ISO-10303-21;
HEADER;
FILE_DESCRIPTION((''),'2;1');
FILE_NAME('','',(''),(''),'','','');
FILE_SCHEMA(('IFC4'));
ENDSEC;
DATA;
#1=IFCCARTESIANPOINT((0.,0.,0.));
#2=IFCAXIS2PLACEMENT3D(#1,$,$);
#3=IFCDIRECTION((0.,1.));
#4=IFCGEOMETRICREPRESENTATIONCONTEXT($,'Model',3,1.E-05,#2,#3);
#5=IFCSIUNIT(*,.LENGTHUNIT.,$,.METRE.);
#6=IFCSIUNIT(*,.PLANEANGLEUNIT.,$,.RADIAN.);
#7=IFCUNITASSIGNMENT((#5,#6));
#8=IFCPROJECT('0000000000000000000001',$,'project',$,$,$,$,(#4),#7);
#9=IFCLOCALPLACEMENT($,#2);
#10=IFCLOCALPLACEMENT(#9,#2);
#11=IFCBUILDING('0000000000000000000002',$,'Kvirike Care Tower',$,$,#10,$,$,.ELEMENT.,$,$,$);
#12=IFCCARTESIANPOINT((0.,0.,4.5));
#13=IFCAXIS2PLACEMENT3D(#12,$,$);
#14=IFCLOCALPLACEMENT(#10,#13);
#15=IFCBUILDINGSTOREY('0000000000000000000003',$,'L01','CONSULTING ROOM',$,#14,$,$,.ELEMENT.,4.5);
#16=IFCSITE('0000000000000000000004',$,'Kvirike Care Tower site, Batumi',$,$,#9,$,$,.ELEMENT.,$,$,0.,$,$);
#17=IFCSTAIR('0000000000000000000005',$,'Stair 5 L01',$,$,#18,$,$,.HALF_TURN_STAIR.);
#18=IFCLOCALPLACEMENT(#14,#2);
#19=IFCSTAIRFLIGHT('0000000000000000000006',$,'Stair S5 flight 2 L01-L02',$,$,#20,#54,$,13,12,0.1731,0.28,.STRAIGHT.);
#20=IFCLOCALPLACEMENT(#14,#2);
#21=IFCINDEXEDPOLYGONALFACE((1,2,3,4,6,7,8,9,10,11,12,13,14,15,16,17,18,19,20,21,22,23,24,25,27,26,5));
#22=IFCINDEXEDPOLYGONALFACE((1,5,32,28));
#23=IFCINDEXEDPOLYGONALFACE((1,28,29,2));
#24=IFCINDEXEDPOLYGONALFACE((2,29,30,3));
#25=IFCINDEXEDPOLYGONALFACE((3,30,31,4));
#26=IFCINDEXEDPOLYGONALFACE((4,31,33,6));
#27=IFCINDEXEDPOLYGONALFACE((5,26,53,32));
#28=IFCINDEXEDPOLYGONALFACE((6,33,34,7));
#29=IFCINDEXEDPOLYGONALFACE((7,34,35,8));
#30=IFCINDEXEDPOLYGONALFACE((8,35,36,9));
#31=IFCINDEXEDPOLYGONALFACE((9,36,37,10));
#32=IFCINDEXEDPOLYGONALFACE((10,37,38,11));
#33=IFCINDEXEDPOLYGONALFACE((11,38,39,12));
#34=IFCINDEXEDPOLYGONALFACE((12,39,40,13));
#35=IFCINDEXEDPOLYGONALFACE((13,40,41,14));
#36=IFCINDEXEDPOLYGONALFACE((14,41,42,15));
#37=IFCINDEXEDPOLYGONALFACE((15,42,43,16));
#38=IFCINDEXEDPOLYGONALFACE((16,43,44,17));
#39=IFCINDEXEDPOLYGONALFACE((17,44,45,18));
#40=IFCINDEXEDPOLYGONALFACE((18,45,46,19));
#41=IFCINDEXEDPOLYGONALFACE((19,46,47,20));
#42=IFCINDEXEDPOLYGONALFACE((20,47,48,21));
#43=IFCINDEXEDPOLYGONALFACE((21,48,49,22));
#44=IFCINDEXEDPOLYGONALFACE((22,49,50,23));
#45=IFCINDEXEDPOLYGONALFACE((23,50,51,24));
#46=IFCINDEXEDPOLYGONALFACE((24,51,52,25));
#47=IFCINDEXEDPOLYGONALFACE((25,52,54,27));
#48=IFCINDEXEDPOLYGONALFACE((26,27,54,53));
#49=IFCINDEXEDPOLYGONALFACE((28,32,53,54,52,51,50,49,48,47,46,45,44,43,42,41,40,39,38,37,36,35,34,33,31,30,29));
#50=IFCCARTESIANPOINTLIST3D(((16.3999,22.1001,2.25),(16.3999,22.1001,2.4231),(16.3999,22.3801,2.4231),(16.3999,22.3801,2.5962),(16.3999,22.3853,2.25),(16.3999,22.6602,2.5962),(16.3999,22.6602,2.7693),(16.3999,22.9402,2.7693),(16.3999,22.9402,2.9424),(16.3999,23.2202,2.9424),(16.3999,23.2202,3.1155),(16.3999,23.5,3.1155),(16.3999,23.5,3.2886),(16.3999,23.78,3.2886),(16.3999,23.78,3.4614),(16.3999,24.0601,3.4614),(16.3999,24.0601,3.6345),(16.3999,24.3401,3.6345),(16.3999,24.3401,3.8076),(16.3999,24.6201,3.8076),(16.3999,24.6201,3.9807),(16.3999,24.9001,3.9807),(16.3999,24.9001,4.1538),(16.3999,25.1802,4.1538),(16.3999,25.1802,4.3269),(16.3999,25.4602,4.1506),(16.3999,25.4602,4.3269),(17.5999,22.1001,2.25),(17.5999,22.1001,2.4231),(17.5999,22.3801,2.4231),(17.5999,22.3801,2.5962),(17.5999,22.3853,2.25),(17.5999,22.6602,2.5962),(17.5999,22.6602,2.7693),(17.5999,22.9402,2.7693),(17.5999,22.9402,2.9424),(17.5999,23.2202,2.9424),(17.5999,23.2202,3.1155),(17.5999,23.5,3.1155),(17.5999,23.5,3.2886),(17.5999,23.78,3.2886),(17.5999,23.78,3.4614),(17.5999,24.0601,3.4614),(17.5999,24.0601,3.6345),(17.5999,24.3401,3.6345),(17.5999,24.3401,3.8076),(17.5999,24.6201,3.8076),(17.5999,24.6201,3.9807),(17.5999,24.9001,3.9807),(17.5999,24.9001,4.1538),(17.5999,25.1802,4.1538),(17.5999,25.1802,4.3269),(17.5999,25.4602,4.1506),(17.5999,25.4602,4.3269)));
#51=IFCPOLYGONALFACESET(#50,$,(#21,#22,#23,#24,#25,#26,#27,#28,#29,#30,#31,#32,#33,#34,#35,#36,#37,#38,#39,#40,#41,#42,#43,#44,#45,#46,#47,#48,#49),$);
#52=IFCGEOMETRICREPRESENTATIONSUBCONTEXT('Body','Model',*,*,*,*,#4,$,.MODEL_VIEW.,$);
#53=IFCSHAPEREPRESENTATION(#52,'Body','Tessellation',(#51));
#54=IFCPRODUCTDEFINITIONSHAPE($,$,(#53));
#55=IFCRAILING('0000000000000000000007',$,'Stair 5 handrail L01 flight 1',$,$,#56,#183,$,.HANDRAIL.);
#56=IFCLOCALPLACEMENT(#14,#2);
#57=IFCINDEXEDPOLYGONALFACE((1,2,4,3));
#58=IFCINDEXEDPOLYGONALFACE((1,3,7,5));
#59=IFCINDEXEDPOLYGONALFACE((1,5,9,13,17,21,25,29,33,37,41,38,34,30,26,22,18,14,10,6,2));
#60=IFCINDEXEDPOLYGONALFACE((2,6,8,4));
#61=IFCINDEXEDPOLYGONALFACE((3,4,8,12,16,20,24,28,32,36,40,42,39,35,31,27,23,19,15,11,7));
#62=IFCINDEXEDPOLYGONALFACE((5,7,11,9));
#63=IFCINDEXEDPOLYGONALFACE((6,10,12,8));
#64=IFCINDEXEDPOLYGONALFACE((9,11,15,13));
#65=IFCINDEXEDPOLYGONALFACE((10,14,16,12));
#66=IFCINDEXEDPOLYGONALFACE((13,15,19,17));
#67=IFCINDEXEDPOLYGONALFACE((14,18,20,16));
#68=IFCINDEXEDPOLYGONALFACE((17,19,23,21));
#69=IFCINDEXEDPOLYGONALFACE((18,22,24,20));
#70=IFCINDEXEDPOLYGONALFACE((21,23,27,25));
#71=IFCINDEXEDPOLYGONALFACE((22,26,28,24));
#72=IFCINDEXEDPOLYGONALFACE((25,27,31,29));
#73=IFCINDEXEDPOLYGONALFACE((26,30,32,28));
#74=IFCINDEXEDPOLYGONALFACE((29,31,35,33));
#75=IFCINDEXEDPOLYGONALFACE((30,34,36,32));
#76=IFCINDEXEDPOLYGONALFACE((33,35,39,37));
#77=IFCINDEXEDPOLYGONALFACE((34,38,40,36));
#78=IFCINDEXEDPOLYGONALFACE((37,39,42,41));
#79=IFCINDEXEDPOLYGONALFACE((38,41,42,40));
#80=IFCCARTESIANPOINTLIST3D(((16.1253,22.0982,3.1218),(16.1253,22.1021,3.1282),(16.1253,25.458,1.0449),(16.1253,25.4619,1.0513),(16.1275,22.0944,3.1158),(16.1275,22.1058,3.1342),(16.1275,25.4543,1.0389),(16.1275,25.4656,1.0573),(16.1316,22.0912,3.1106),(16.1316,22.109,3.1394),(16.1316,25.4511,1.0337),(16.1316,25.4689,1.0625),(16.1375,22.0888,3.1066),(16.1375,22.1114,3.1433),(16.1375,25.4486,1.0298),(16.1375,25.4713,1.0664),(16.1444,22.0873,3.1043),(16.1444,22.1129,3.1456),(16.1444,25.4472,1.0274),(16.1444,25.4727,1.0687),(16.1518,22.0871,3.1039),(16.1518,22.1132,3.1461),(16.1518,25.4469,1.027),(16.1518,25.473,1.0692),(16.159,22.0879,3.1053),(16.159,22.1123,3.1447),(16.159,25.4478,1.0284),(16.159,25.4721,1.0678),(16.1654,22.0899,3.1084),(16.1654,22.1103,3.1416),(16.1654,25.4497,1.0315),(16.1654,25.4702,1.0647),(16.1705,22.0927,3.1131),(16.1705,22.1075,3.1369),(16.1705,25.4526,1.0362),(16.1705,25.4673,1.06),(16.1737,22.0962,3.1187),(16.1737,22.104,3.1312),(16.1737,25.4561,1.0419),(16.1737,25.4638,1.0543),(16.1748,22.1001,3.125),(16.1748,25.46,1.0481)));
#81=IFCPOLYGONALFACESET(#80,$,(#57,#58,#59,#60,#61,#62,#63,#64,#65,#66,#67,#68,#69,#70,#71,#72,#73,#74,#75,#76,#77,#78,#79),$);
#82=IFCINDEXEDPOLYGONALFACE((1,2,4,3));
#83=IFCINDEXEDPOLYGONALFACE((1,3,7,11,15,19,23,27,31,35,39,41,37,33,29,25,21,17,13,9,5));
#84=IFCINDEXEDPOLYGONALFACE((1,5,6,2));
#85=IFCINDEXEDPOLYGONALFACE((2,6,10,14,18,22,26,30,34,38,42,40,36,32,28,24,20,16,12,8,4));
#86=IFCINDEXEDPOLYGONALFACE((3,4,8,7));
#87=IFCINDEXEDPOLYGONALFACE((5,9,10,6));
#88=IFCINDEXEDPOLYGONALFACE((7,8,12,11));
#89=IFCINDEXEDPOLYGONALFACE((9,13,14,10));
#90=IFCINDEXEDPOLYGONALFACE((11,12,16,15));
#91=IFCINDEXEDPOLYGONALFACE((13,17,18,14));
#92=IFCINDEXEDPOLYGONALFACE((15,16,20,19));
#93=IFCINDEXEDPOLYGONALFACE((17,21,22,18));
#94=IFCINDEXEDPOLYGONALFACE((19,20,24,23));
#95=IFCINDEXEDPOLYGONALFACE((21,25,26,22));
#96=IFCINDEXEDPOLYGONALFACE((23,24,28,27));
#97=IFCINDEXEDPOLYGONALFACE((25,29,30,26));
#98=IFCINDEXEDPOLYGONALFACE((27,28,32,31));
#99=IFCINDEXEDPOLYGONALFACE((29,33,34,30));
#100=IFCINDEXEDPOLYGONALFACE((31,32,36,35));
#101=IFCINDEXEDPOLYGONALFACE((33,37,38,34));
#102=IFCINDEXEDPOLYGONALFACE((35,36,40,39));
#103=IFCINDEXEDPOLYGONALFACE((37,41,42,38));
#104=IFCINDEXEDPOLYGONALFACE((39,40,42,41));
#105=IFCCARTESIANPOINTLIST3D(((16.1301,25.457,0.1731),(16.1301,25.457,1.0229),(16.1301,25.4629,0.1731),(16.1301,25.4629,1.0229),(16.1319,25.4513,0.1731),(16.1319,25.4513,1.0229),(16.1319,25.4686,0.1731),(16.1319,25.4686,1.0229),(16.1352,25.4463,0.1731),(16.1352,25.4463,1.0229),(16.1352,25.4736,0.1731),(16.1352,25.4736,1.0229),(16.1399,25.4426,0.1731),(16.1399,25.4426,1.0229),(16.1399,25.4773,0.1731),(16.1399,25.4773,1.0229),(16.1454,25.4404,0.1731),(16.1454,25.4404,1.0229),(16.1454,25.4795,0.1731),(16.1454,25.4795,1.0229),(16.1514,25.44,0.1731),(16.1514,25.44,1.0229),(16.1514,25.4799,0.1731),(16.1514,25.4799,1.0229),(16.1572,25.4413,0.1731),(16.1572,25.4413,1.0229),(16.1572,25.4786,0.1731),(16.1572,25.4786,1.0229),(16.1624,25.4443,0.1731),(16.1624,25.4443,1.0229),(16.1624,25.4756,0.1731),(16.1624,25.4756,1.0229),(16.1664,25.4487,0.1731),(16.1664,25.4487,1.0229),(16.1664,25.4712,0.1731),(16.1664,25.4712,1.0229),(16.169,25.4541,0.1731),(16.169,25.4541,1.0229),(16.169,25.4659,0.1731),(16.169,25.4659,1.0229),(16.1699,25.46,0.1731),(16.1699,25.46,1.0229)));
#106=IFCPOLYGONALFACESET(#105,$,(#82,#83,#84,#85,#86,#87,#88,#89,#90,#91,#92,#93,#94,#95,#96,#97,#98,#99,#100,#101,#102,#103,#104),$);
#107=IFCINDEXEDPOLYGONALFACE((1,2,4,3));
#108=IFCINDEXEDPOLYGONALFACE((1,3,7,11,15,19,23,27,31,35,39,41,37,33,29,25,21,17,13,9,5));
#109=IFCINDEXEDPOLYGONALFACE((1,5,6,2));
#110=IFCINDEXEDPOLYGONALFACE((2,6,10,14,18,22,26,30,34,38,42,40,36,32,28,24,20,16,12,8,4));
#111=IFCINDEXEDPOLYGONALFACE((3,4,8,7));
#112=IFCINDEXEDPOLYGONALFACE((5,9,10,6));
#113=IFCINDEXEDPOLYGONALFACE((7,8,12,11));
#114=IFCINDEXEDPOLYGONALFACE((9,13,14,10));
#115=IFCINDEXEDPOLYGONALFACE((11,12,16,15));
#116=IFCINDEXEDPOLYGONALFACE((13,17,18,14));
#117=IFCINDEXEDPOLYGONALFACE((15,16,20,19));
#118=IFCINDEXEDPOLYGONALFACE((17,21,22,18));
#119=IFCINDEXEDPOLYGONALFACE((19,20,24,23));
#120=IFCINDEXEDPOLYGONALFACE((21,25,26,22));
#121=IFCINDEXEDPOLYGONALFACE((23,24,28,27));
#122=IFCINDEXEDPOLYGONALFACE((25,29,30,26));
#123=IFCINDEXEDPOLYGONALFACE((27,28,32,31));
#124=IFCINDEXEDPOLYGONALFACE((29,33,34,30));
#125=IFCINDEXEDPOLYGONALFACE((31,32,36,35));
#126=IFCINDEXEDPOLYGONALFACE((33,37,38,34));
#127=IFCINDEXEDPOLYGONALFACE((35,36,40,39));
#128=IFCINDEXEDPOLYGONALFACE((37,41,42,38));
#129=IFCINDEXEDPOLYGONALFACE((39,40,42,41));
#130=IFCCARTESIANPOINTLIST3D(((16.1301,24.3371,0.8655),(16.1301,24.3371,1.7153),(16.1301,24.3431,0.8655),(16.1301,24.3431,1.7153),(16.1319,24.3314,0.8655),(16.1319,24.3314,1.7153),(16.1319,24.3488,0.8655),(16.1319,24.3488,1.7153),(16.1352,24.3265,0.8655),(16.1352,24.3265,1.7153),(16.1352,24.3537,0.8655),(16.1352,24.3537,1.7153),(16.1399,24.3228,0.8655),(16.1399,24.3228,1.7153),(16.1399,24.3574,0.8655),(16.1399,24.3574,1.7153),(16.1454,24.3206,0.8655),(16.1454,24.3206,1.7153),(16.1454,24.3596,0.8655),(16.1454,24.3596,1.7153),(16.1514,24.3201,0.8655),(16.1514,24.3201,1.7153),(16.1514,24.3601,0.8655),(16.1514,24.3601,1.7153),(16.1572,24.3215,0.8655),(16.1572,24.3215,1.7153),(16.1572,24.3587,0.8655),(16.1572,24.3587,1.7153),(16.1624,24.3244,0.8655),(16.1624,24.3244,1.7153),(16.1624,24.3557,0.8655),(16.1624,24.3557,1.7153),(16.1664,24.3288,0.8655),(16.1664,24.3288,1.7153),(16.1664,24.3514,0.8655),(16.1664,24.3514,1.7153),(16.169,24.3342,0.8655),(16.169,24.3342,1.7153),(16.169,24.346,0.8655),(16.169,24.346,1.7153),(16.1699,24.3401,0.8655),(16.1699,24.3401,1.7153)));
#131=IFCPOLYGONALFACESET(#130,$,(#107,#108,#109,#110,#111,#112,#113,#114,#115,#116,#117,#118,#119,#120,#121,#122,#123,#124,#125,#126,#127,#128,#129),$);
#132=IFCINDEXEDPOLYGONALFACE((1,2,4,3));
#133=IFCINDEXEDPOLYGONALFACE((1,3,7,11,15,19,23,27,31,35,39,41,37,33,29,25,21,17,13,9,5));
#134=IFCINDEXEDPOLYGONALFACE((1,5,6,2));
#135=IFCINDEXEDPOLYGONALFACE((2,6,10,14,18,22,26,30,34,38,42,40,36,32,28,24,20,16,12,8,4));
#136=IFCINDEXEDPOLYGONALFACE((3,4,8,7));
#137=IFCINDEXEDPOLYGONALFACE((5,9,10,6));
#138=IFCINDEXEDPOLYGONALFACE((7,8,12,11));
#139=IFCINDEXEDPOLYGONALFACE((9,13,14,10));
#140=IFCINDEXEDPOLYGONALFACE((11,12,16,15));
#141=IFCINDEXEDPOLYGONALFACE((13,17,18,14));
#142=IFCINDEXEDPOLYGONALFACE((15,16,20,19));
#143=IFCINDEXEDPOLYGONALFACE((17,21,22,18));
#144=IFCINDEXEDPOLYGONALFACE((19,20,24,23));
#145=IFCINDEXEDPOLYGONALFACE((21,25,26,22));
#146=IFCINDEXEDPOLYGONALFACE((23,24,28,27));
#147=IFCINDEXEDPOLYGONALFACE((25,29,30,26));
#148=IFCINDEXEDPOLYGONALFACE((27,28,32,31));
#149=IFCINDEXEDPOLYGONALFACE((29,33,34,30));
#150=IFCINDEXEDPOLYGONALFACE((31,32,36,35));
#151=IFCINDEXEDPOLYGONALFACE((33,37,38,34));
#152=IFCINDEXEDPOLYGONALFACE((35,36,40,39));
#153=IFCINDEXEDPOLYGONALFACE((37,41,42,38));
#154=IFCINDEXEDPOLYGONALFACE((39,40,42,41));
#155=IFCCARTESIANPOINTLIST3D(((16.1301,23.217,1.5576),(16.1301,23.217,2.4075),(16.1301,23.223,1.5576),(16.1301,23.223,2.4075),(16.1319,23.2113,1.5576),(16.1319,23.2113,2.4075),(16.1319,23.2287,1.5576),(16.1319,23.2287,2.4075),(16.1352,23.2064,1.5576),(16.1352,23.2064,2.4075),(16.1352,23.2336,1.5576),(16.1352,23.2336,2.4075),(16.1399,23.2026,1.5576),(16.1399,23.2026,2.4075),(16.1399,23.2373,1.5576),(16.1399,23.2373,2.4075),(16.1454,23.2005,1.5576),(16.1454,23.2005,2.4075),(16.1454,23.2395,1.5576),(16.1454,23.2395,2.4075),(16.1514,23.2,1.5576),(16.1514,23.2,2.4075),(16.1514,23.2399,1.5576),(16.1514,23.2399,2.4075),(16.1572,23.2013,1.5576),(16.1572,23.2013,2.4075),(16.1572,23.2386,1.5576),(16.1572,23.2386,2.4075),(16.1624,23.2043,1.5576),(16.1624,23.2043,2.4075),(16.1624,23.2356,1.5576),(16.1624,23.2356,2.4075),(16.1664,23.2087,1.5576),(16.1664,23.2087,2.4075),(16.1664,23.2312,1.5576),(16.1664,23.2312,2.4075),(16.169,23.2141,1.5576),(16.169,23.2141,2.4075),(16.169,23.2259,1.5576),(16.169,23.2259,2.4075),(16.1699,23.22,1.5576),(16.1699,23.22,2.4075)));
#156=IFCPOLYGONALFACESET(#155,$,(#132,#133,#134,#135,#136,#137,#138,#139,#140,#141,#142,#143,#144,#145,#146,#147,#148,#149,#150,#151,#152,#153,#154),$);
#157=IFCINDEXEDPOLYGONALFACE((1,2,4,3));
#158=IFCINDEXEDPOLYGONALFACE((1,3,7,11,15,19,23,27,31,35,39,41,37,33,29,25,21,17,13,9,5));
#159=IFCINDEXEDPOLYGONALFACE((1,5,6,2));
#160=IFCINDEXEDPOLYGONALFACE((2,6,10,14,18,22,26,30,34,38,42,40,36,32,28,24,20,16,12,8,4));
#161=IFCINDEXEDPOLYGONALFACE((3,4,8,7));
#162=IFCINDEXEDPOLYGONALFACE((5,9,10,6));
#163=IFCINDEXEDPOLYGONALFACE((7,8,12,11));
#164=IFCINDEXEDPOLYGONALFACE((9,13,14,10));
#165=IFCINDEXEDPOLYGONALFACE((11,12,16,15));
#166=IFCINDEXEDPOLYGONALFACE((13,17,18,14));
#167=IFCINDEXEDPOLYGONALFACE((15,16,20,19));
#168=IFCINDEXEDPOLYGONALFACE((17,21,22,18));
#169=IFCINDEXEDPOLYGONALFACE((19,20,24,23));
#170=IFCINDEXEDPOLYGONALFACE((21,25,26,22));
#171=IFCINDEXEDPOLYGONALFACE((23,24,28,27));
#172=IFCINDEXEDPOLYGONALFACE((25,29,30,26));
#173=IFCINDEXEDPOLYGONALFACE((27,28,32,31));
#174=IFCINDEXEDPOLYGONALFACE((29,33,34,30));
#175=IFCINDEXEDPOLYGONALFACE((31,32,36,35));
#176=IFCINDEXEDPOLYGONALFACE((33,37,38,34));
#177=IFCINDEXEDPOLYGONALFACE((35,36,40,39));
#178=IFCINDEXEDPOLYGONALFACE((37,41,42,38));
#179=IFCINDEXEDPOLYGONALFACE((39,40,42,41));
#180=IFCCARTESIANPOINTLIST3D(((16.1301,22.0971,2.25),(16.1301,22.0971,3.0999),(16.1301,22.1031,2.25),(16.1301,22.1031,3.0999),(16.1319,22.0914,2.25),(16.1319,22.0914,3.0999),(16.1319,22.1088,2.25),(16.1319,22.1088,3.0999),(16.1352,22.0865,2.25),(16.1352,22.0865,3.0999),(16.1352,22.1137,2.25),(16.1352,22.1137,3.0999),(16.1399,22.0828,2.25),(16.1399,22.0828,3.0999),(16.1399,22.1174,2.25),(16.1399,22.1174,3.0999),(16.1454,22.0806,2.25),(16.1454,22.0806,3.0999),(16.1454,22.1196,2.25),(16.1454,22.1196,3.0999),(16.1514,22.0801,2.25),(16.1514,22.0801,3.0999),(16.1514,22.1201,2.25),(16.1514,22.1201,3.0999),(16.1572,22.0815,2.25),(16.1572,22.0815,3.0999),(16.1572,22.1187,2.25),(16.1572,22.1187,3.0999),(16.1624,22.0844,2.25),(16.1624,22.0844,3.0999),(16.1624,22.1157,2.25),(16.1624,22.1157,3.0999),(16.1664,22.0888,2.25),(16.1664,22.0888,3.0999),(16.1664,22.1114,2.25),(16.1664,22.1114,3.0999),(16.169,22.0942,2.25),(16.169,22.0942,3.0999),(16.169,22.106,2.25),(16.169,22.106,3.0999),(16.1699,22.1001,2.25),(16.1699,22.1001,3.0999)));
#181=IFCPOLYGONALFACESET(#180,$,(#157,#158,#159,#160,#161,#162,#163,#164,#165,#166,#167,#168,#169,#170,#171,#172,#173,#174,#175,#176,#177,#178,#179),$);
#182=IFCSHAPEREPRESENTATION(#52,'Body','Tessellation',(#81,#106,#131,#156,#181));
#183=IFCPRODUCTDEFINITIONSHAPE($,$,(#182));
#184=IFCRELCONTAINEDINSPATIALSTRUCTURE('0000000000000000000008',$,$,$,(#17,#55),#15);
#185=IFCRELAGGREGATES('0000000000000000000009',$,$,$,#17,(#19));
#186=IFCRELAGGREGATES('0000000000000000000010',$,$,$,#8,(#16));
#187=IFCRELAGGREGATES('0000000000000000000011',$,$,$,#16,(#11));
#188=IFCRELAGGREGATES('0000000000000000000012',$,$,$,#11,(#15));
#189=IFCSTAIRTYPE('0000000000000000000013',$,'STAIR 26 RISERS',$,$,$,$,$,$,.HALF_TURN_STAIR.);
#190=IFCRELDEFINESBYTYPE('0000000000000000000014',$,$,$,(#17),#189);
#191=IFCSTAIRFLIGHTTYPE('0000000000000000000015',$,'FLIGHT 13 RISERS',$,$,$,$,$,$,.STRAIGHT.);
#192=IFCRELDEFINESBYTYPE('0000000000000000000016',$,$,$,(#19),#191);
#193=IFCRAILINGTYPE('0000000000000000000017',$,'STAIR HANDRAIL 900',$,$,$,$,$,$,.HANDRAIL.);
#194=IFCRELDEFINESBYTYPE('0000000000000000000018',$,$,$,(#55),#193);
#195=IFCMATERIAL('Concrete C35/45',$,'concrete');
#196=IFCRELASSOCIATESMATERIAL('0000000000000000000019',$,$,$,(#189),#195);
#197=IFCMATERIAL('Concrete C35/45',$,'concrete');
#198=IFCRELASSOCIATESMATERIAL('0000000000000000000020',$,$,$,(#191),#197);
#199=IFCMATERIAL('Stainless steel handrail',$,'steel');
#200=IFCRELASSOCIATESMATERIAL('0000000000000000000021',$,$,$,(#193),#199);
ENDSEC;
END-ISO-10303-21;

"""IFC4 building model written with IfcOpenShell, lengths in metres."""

from ifc_helpers import new_model, si_unit, direction, frame, origin, origin_2d, place, context, subcontext, project, spatial, polyline, circle, outline, extrude, material, type_object, element, aggregate, save


model = new_model("IFC4")

# Units and contexts
model_context = context("Model", 3, precision=1e-05, world=origin(), true_north=direction((0.0, 1.0)))
body_context = subcontext(model_context, "Body", "Model", "MODEL_VIEW")
ifc_project = project(units=[si_unit("LENGTHUNIT", "METRE"), si_unit("PLANEANGLEUNIT", "RADIAN")], contexts=[model_context])

# Site, building, storey
site_placement = place(None, origin())
site = spatial("IfcSite", under=ifc_project, at=site_placement, Name="Kvirike Care Tower site, Batumi", CompositionType="ELEMENT", RefElevation=0.0)
building_placement = place(site_placement, origin())
building = spatial("IfcBuilding", under=site, at=building_placement, Name="Kvirike Care Tower", CompositionType="ELEMENT")
storey_placement = place(building_placement, frame((0.0, 0.0, 4.5)))
storey = spatial("IfcBuildingStorey", under=building, at=storey_placement, Name="L01", Description="CONSULTING ROOM", CompositionType="ELEMENT", Elevation=4.5)

# Stair, stair flight
ifc_material_1 = material(Name="Concrete C35/45", Category="concrete")
stair_type = type_object("IfcStairType", Name="STAIR 26 RISERS", PredefinedType="HALF_TURN_STAIR", material=ifc_material_1)
stair_placement = place(storey_placement, origin())
stair = element("IfcStair", 1, at=stair_placement, inside=storey, type_object=stair_type, Name="Stair 5 L01", PredefinedType="HALF_TURN_STAIR")
ifc_material_2 = material(Name="Concrete C35/45", Category="concrete")
stair_flight_type = type_object("IfcStairFlightType", Name="FLIGHT 13 RISERS", PredefinedType="STRAIGHT", material=ifc_material_2)
stair_flight_1_placement = place(storey_placement, frame((17.0, 22.1001, 2.25), z_axis=(0.0, 0.0, 1.0), x_axis=(0.0, 1.0, 0.0)))
stair_flight_1 = element("IfcStairFlight", 2, at=stair_flight_1_placement, type_object=stair_flight_type, Name="Stair S5 flight 2 L01-L02", NumberOfRisers=13, NumberOfTreads=12, PredefinedType="STRAIGHT", RiserHeight=0.1731, TreadLength=0.28, context=body_context, shape_type="SweptSolid", body=[
    extrude(outline(polyline([(0.0, 0.0), (0.0, 0.1731), (0.28, 0.1731), (0.28, 0.3462), (0.5601, 0.3462), (0.5601, 0.5193), (0.8401, 0.5193), (0.8401, 0.6924), (1.1201, 0.6924), (1.1201, 0.8655), (1.3999, 0.8655), (1.3999, 1.0386), (1.6799, 1.0386), (1.6799, 1.2114), (1.96, 1.2114), (1.96, 1.3845), (2.24, 1.3845), (2.24, 1.5576), (2.52, 1.5576), (2.52, 1.7307), (2.8, 1.7307), (2.8, 1.9038), (3.0801, 1.9038), (3.0801, 2.0769), (3.3601, 2.0769), (3.3601, 2.25), (3.3601, 1.9006), (0.2852, 0.0), (0.0, 0.0)])), frame((0.0, 0.6001, 0.0), z_axis=(0.0, -1.0, 0.0), x_axis=(1.0, 0.0, 0.0)), (0.0, 0.0, 1.0), 1.2),
])
aggregate(stair, [stair_flight_1])

# Railing
ifc_material_3 = material(Name="Stainless steel handrail", Category="steel")
railing_type = type_object("IfcRailingType", Name="STAIR HANDRAIL 900", PredefinedType="HANDRAIL", material=ifc_material_3)
railing_1_placement = place(storey_placement, frame((16.1499, 25.46, 0.1731)))
element("IfcRailing", 3, at=railing_1_placement, inside=storey, type_object=railing_type, Name="Stair 5 handrail L01 flight 1", PredefinedType="HANDRAIL", context=body_context, shape_type="SweptSolid", body=[
    extrude(circle(Radius=0.0249, at=origin_2d()), frame((0.0, 0.0, 0.875), z_axis=(0.0, -0.850606, 0.525803), x_axis=(1.0, 0.0, 0.0)), (0.0, 0.0, 1.0), 3.95),
    extrude(circle(Radius=0.02, at=origin_2d()), origin(), (0.0, 0.0, 1.0), 0.8499),
    extrude(circle(Radius=0.02, at=origin_2d()), frame((0.0, -1.1199, 0.6924)), (0.0, 0.0, 1.0), 0.8499),
    extrude(circle(Radius=0.02, at=origin_2d()), frame((0.0, -2.24, 1.3845)), (0.0, 0.0, 1.0), 0.8499),
    extrude(circle(Radius=0.02, at=origin_2d()), frame((0.0, -3.3599, 2.0769)), (0.0, 0.0, 1.0), 0.8499),
])

save(model, "model.ifc")
